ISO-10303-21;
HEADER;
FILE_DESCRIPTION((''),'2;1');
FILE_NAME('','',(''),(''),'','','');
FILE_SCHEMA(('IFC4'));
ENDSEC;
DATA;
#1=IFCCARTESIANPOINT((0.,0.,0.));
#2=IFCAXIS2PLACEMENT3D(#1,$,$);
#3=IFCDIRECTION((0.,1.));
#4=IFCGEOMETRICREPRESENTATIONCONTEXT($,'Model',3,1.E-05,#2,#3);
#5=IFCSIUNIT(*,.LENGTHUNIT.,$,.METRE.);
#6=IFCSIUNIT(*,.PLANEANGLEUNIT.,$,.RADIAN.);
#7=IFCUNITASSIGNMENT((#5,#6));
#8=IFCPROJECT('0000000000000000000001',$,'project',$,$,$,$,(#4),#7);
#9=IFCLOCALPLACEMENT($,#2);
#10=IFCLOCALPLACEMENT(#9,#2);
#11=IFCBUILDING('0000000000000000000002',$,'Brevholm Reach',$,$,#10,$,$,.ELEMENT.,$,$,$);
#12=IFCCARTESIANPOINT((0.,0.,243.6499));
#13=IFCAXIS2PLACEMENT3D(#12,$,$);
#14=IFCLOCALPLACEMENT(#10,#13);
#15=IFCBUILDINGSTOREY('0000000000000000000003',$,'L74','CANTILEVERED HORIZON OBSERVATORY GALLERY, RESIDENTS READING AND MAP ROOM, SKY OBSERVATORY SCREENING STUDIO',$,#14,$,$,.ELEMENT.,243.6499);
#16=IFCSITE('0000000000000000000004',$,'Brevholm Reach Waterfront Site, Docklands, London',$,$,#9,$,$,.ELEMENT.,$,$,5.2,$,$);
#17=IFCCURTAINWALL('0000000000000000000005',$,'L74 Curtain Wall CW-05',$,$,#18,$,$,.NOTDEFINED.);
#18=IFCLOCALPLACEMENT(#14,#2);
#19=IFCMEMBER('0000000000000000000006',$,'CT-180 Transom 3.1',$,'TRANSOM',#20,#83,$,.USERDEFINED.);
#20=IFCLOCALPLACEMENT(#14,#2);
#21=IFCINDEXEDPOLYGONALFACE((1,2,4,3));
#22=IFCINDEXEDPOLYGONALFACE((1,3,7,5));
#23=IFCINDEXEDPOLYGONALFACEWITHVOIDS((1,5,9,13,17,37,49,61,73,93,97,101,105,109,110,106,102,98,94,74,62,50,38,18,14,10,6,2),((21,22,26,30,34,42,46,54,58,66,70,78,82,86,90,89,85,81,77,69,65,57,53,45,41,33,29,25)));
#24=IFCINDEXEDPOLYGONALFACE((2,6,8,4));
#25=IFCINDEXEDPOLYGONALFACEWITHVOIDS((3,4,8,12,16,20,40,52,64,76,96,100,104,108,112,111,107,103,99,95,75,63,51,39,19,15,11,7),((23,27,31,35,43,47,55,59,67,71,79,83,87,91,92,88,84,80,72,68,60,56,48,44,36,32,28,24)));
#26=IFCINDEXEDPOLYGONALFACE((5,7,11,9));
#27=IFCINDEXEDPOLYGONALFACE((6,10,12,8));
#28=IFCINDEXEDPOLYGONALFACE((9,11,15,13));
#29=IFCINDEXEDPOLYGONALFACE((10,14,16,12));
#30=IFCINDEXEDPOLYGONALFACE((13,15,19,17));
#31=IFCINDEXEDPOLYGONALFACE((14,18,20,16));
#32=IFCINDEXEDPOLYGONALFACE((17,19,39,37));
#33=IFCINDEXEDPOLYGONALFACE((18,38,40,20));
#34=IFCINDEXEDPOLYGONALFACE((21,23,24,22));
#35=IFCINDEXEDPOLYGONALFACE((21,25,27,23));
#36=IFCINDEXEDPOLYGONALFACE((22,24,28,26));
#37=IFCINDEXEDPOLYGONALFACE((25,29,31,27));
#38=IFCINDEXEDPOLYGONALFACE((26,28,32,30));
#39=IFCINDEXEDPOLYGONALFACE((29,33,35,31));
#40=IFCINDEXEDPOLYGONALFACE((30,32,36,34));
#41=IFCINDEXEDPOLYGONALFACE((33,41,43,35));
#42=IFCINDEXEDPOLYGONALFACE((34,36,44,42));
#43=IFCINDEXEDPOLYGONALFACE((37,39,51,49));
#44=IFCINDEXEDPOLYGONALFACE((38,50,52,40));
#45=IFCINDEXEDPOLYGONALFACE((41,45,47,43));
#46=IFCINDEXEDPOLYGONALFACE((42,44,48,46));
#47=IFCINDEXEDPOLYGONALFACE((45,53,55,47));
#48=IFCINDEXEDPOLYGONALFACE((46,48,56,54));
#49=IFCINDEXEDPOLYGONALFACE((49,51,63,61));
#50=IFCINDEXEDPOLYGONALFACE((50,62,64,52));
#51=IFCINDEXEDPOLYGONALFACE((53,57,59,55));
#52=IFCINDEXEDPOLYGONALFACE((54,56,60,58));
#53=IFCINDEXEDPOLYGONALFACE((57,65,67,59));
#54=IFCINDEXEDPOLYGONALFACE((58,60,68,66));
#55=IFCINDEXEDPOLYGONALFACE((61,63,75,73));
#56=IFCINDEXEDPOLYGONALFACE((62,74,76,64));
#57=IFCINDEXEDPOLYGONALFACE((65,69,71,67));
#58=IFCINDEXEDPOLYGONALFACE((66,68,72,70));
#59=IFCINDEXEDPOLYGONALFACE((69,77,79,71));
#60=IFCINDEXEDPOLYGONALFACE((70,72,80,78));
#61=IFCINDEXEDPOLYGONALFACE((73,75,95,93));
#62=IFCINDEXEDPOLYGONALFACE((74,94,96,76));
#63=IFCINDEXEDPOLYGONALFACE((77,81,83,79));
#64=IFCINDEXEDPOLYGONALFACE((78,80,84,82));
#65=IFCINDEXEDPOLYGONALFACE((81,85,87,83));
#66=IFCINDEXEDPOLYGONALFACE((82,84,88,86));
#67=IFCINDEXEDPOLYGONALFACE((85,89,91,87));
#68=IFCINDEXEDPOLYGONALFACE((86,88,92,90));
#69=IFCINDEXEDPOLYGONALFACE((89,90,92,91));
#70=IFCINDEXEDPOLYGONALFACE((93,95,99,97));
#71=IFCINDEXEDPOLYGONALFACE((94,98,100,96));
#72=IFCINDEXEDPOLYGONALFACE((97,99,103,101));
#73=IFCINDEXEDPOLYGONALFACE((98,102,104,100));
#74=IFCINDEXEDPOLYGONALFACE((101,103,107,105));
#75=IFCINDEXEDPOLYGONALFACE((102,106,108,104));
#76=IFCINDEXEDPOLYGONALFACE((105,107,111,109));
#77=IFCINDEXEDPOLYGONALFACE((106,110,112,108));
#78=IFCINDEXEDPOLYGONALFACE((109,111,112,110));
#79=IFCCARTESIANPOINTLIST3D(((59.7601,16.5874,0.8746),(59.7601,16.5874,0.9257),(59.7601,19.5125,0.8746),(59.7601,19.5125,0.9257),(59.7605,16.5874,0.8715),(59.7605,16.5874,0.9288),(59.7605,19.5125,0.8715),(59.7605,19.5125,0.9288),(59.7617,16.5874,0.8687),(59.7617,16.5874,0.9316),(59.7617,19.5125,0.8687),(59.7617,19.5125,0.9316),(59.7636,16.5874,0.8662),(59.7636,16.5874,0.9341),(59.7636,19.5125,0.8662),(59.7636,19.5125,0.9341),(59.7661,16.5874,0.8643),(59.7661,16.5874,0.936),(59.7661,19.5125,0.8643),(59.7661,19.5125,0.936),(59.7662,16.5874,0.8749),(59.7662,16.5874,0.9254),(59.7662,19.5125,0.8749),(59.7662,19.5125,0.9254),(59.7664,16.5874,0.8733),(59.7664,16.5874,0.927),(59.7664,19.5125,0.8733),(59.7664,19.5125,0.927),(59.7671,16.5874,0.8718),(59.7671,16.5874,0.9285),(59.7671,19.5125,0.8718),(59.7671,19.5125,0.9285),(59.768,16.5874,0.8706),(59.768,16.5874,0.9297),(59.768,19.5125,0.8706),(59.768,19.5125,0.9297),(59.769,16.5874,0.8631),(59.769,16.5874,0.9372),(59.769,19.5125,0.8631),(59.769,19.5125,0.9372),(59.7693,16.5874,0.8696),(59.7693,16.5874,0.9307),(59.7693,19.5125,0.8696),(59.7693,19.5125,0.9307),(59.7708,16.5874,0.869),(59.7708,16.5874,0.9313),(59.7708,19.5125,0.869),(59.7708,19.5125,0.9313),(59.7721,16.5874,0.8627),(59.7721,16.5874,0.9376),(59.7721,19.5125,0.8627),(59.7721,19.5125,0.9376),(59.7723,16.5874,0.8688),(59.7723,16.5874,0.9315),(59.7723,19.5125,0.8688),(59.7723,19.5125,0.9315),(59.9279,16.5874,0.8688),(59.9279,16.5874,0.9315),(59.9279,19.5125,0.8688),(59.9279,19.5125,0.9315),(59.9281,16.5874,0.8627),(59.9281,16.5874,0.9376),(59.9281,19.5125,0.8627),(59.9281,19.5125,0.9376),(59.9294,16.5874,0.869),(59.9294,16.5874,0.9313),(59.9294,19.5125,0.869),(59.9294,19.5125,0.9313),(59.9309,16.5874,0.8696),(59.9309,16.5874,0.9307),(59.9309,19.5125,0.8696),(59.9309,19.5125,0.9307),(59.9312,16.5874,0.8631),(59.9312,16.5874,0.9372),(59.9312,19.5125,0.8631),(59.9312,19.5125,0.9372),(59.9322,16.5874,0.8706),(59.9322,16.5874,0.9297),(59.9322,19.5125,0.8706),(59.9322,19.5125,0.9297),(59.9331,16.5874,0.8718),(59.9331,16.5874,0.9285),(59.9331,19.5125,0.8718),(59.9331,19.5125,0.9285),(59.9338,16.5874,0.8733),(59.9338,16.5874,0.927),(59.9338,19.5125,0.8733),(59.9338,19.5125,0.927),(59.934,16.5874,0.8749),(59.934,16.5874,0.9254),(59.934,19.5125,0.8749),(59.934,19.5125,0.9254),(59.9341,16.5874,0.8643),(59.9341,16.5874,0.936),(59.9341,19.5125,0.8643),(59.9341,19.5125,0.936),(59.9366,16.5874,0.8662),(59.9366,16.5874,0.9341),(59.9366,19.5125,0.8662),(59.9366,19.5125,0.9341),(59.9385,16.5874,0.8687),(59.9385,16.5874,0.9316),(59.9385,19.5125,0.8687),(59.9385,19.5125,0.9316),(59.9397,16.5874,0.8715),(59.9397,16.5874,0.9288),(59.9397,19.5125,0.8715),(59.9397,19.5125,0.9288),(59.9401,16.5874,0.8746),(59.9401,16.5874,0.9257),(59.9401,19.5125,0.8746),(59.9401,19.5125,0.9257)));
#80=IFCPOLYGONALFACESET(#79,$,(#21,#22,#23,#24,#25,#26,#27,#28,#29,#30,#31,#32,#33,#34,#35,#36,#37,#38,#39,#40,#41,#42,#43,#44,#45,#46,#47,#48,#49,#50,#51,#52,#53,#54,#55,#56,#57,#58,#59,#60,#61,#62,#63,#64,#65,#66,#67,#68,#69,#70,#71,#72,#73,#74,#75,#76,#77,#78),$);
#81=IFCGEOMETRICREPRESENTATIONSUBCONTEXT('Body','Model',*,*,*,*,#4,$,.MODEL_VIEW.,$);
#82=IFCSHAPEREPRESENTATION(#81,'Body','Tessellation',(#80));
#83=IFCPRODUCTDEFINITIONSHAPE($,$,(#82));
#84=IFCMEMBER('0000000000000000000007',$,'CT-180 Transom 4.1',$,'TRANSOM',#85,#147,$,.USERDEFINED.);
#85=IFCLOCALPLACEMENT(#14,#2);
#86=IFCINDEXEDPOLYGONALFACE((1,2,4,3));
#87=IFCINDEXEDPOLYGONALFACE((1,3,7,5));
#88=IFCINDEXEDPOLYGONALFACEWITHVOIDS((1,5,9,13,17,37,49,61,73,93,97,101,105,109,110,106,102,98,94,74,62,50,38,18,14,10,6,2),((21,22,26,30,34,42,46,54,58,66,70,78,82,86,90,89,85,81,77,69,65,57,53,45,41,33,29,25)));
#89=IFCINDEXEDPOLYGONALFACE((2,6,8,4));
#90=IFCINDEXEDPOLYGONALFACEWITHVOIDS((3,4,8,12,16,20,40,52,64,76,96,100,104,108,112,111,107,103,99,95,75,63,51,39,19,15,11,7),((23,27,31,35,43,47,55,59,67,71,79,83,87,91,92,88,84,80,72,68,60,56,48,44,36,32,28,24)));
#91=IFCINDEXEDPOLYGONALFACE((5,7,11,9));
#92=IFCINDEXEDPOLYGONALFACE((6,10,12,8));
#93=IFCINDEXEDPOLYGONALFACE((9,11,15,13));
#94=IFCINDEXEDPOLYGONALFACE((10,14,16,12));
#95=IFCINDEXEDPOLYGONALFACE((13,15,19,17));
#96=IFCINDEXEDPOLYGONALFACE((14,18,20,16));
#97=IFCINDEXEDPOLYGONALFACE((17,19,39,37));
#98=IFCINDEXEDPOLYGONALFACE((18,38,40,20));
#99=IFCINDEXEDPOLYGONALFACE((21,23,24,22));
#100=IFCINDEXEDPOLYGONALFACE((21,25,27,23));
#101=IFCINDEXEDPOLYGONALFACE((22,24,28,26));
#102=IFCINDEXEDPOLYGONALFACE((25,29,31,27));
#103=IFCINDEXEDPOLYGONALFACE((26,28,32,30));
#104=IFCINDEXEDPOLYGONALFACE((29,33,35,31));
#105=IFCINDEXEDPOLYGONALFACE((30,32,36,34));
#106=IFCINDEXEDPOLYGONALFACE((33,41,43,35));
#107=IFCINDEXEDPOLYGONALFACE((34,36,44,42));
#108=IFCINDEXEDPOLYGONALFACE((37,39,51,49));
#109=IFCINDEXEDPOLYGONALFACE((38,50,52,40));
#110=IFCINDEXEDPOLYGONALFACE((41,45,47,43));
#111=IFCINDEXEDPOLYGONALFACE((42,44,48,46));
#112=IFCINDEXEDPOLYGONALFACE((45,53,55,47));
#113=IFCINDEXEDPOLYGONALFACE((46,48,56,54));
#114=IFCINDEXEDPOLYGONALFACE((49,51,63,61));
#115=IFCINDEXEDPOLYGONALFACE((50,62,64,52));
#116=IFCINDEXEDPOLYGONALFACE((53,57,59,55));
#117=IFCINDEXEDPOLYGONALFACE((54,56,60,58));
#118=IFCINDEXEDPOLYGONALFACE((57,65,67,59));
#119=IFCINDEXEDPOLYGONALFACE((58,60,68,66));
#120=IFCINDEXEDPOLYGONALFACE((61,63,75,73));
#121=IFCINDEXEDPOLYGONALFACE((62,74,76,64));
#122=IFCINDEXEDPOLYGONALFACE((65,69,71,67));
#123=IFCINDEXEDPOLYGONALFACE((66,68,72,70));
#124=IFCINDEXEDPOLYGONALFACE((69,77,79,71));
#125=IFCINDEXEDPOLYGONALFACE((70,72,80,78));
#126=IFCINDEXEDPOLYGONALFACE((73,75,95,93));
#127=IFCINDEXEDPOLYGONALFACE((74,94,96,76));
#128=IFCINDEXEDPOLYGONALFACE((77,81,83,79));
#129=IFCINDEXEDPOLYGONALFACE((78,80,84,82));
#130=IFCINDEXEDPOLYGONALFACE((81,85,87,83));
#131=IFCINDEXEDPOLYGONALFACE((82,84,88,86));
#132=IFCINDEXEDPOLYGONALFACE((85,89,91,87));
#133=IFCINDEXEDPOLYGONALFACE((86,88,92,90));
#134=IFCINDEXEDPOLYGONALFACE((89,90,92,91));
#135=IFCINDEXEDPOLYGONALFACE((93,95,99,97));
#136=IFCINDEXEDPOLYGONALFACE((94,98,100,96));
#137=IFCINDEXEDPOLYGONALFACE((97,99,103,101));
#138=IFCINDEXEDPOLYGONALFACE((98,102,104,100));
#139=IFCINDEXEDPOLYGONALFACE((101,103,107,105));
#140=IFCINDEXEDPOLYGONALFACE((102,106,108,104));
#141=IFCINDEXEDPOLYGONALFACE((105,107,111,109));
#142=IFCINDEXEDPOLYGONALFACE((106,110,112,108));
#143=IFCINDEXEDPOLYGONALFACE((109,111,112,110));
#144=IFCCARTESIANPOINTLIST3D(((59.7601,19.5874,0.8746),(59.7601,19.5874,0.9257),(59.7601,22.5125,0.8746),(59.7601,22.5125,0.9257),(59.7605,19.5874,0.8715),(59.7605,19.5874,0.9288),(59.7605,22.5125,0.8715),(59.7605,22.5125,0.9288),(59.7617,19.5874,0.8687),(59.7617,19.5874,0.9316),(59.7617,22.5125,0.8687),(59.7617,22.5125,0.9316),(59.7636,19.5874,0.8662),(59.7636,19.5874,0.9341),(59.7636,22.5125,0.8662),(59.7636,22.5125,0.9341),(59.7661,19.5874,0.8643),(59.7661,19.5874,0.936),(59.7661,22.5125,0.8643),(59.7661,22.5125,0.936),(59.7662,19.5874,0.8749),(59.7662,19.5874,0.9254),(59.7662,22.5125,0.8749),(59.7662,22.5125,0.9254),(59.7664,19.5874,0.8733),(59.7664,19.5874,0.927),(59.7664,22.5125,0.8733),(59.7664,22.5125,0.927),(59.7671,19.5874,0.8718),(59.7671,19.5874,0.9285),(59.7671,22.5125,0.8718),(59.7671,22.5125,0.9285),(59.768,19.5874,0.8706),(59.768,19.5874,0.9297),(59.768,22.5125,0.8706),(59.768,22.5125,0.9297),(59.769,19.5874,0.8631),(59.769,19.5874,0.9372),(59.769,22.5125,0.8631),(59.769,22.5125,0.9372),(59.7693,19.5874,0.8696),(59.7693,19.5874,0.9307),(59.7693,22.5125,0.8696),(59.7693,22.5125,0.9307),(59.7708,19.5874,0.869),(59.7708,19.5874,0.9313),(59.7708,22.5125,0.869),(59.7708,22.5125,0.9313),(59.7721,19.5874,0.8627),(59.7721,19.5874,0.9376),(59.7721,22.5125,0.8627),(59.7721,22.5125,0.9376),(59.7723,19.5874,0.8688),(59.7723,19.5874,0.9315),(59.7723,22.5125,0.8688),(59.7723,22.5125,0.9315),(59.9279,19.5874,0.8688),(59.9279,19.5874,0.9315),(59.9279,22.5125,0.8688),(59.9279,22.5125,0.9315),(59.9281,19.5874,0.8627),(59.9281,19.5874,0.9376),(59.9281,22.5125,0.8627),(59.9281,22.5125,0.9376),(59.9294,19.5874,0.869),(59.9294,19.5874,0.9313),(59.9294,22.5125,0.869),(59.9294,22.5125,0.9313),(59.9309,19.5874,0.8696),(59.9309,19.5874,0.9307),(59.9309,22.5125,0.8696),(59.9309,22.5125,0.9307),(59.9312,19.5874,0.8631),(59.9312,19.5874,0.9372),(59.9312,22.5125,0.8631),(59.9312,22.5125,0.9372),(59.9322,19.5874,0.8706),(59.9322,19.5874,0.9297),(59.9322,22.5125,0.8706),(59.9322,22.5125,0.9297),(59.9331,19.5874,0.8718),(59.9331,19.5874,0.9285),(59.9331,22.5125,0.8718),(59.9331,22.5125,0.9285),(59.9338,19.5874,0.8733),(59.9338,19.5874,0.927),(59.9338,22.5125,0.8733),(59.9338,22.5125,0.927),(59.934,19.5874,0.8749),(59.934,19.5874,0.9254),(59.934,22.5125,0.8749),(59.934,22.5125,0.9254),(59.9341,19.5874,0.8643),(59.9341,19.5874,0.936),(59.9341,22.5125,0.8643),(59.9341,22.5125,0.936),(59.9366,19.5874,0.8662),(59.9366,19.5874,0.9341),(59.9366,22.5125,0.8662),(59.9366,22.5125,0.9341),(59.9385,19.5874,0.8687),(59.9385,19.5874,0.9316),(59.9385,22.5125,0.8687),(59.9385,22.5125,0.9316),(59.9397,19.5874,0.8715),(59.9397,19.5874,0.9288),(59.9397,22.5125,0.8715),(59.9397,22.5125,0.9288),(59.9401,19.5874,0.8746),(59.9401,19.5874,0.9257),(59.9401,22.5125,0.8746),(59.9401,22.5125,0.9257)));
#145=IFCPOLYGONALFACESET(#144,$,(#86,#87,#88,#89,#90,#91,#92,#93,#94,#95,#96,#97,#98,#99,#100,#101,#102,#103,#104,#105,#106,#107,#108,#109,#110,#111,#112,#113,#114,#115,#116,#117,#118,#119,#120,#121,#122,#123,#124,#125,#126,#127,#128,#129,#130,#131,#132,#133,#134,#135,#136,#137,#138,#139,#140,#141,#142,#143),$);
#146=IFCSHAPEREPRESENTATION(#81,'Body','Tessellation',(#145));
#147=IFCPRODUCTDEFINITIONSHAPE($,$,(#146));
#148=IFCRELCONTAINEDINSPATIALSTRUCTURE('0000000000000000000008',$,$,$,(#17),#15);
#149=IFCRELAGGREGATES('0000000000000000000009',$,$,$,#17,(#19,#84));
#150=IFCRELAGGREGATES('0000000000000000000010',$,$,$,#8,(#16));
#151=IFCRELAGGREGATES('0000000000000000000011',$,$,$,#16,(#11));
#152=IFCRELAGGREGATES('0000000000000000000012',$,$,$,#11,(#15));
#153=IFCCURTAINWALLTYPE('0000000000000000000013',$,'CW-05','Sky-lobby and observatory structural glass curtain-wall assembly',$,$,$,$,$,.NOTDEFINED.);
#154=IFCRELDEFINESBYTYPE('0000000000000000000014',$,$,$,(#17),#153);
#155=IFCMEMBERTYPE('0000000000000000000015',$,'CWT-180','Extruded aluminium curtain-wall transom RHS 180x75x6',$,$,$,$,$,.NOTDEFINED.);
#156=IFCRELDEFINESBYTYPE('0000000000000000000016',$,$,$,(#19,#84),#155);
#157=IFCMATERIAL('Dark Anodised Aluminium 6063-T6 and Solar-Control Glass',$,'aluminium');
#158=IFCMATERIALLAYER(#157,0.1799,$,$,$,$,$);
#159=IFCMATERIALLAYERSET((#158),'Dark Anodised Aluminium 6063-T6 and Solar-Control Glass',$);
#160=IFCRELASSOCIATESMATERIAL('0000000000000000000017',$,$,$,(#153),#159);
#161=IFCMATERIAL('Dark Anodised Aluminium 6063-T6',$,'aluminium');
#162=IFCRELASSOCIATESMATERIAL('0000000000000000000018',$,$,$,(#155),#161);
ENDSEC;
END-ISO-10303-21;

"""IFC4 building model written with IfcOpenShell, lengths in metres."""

from ifc_helpers import new_model, si_unit, direction, frame, origin, origin_2d, place, context, subcontext, project, spatial, hollow_rectangle, extrude, material, layer, layer_set, material_profile, profile_set, type_object, element, aggregate, save


model = new_model("IFC4")

# Units and contexts
model_context = context("Model", 3, precision=1e-05, world=origin(), true_north=direction((0.0, 1.0)))
body_context = subcontext(model_context, "Body", "Model", "MODEL_VIEW")
ifc_project = project(units=[si_unit("LENGTHUNIT", "METRE"), si_unit("PLANEANGLEUNIT", "RADIAN")], contexts=[model_context])

# Site, building, storey
site_placement = place(None, origin())
site = spatial("IfcSite", under=ifc_project, at=site_placement, Name="Brevholm Reach Waterfront Site, Docklands, London", CompositionType="ELEMENT", RefElevation=5.2)
building_placement = place(site_placement, origin())
building = spatial("IfcBuilding", under=site, at=building_placement, Name="Brevholm Reach", CompositionType="ELEMENT")
storey_placement = place(building_placement, frame((0.0, 0.0, 243.6499)))
storey = spatial("IfcBuildingStorey", under=building, at=storey_placement, Name="L74", Description="CANTILEVERED HORIZON OBSERVATORY GALLERY, RESIDENTS READING AND MAP ROOM, SKY OBSERVATORY SCREENING STUDIO", CompositionType="ELEMENT", Elevation=243.6499)

# Curtain wall, members
ifc_material_1 = material(Name="Dark Anodised Aluminium 6063-T6 and Solar-Control Glass", Category="aluminium")
ifc_layer_1 = layer(ifc_material_1, 0.1799)
ifc_layer_set_1 = layer_set([ifc_layer_1], Name="Dark Anodised Aluminium 6063-T6 and Solar-Control Glass")
curtain_wall_type = type_object("IfcCurtainWallType", Name="CW-05", Description="Sky-lobby and observatory structural glass curtain-wall assembly", PredefinedType="NOTDEFINED", material=ifc_layer_set_1)
curtain_wall_placement = place(storey_placement, origin())
curtain_wall = element("IfcCurtainWall", 1, at=curtain_wall_placement, inside=storey, type_object=curtain_wall_type, Name="L74 Curtain Wall CW-05", PredefinedType="NOTDEFINED")
ifc_material_2 = material(Name="Dark Anodised Aluminium 6063-T6", Category="aluminium")
ifc_material_profile_1 = material_profile(ifc_material_2, hollow_rectangle(XDim=0.075, YDim=0.1799, WallThickness=0.0061, InnerFilletRadius=0.0061, OuterFilletRadius=0.012, at=origin_2d()), Name="RHS 180x75x6")
ifc_profile_set_1 = profile_set([ifc_material_profile_1], Name="Dark Anodised Aluminium 6063-T6")
member_type_1 = type_object("IfcMemberType", Name="CWT-180", Description="Extruded aluminium curtain-wall transom RHS 180x75x6", PredefinedType="NOTDEFINED", material=ifc_profile_set_1)
member_1_placement = place(storey_placement, frame((59.8501, 16.5874, 0.9001), z_axis=(0.0, 1.0, 0.0), x_axis=(0.0, 0.0, 1.0)))
member_1 = element("IfcMember", 2, at=member_1_placement, type_object=member_type_1, Name="CT-180 Transom 3.1", ObjectType="TRANSOM", PredefinedType="USERDEFINED", context=body_context, shape_type="SweptSolid", body=[
    extrude(hollow_rectangle(XDim=0.075, YDim=0.1799, WallThickness=0.0061, InnerFilletRadius=0.0061, OuterFilletRadius=0.012, at=origin_2d()), origin(), (0.0, 0.0, 1.0), 2.925),
])
member_2_placement = place(storey_placement, frame((59.8501, 19.5874, 0.9001), z_axis=(0.0, 1.0, 0.0), x_axis=(0.0, 0.0, 1.0)))
member_2 = element("IfcMember", 3, at=member_2_placement, type_object=member_type_1, Name="CT-180 Transom 4.1", ObjectType="TRANSOM", PredefinedType="USERDEFINED", context=body_context, shape_type="SweptSolid", body=[
    extrude(hollow_rectangle(XDim=0.075, YDim=0.1799, WallThickness=0.0061, InnerFilletRadius=0.0061, OuterFilletRadius=0.012, at=origin_2d()), origin(), (0.0, 0.0, 1.0), 2.925),
])
aggregate(curtain_wall, [member_1, member_2])

save(model, "model.ifc")
